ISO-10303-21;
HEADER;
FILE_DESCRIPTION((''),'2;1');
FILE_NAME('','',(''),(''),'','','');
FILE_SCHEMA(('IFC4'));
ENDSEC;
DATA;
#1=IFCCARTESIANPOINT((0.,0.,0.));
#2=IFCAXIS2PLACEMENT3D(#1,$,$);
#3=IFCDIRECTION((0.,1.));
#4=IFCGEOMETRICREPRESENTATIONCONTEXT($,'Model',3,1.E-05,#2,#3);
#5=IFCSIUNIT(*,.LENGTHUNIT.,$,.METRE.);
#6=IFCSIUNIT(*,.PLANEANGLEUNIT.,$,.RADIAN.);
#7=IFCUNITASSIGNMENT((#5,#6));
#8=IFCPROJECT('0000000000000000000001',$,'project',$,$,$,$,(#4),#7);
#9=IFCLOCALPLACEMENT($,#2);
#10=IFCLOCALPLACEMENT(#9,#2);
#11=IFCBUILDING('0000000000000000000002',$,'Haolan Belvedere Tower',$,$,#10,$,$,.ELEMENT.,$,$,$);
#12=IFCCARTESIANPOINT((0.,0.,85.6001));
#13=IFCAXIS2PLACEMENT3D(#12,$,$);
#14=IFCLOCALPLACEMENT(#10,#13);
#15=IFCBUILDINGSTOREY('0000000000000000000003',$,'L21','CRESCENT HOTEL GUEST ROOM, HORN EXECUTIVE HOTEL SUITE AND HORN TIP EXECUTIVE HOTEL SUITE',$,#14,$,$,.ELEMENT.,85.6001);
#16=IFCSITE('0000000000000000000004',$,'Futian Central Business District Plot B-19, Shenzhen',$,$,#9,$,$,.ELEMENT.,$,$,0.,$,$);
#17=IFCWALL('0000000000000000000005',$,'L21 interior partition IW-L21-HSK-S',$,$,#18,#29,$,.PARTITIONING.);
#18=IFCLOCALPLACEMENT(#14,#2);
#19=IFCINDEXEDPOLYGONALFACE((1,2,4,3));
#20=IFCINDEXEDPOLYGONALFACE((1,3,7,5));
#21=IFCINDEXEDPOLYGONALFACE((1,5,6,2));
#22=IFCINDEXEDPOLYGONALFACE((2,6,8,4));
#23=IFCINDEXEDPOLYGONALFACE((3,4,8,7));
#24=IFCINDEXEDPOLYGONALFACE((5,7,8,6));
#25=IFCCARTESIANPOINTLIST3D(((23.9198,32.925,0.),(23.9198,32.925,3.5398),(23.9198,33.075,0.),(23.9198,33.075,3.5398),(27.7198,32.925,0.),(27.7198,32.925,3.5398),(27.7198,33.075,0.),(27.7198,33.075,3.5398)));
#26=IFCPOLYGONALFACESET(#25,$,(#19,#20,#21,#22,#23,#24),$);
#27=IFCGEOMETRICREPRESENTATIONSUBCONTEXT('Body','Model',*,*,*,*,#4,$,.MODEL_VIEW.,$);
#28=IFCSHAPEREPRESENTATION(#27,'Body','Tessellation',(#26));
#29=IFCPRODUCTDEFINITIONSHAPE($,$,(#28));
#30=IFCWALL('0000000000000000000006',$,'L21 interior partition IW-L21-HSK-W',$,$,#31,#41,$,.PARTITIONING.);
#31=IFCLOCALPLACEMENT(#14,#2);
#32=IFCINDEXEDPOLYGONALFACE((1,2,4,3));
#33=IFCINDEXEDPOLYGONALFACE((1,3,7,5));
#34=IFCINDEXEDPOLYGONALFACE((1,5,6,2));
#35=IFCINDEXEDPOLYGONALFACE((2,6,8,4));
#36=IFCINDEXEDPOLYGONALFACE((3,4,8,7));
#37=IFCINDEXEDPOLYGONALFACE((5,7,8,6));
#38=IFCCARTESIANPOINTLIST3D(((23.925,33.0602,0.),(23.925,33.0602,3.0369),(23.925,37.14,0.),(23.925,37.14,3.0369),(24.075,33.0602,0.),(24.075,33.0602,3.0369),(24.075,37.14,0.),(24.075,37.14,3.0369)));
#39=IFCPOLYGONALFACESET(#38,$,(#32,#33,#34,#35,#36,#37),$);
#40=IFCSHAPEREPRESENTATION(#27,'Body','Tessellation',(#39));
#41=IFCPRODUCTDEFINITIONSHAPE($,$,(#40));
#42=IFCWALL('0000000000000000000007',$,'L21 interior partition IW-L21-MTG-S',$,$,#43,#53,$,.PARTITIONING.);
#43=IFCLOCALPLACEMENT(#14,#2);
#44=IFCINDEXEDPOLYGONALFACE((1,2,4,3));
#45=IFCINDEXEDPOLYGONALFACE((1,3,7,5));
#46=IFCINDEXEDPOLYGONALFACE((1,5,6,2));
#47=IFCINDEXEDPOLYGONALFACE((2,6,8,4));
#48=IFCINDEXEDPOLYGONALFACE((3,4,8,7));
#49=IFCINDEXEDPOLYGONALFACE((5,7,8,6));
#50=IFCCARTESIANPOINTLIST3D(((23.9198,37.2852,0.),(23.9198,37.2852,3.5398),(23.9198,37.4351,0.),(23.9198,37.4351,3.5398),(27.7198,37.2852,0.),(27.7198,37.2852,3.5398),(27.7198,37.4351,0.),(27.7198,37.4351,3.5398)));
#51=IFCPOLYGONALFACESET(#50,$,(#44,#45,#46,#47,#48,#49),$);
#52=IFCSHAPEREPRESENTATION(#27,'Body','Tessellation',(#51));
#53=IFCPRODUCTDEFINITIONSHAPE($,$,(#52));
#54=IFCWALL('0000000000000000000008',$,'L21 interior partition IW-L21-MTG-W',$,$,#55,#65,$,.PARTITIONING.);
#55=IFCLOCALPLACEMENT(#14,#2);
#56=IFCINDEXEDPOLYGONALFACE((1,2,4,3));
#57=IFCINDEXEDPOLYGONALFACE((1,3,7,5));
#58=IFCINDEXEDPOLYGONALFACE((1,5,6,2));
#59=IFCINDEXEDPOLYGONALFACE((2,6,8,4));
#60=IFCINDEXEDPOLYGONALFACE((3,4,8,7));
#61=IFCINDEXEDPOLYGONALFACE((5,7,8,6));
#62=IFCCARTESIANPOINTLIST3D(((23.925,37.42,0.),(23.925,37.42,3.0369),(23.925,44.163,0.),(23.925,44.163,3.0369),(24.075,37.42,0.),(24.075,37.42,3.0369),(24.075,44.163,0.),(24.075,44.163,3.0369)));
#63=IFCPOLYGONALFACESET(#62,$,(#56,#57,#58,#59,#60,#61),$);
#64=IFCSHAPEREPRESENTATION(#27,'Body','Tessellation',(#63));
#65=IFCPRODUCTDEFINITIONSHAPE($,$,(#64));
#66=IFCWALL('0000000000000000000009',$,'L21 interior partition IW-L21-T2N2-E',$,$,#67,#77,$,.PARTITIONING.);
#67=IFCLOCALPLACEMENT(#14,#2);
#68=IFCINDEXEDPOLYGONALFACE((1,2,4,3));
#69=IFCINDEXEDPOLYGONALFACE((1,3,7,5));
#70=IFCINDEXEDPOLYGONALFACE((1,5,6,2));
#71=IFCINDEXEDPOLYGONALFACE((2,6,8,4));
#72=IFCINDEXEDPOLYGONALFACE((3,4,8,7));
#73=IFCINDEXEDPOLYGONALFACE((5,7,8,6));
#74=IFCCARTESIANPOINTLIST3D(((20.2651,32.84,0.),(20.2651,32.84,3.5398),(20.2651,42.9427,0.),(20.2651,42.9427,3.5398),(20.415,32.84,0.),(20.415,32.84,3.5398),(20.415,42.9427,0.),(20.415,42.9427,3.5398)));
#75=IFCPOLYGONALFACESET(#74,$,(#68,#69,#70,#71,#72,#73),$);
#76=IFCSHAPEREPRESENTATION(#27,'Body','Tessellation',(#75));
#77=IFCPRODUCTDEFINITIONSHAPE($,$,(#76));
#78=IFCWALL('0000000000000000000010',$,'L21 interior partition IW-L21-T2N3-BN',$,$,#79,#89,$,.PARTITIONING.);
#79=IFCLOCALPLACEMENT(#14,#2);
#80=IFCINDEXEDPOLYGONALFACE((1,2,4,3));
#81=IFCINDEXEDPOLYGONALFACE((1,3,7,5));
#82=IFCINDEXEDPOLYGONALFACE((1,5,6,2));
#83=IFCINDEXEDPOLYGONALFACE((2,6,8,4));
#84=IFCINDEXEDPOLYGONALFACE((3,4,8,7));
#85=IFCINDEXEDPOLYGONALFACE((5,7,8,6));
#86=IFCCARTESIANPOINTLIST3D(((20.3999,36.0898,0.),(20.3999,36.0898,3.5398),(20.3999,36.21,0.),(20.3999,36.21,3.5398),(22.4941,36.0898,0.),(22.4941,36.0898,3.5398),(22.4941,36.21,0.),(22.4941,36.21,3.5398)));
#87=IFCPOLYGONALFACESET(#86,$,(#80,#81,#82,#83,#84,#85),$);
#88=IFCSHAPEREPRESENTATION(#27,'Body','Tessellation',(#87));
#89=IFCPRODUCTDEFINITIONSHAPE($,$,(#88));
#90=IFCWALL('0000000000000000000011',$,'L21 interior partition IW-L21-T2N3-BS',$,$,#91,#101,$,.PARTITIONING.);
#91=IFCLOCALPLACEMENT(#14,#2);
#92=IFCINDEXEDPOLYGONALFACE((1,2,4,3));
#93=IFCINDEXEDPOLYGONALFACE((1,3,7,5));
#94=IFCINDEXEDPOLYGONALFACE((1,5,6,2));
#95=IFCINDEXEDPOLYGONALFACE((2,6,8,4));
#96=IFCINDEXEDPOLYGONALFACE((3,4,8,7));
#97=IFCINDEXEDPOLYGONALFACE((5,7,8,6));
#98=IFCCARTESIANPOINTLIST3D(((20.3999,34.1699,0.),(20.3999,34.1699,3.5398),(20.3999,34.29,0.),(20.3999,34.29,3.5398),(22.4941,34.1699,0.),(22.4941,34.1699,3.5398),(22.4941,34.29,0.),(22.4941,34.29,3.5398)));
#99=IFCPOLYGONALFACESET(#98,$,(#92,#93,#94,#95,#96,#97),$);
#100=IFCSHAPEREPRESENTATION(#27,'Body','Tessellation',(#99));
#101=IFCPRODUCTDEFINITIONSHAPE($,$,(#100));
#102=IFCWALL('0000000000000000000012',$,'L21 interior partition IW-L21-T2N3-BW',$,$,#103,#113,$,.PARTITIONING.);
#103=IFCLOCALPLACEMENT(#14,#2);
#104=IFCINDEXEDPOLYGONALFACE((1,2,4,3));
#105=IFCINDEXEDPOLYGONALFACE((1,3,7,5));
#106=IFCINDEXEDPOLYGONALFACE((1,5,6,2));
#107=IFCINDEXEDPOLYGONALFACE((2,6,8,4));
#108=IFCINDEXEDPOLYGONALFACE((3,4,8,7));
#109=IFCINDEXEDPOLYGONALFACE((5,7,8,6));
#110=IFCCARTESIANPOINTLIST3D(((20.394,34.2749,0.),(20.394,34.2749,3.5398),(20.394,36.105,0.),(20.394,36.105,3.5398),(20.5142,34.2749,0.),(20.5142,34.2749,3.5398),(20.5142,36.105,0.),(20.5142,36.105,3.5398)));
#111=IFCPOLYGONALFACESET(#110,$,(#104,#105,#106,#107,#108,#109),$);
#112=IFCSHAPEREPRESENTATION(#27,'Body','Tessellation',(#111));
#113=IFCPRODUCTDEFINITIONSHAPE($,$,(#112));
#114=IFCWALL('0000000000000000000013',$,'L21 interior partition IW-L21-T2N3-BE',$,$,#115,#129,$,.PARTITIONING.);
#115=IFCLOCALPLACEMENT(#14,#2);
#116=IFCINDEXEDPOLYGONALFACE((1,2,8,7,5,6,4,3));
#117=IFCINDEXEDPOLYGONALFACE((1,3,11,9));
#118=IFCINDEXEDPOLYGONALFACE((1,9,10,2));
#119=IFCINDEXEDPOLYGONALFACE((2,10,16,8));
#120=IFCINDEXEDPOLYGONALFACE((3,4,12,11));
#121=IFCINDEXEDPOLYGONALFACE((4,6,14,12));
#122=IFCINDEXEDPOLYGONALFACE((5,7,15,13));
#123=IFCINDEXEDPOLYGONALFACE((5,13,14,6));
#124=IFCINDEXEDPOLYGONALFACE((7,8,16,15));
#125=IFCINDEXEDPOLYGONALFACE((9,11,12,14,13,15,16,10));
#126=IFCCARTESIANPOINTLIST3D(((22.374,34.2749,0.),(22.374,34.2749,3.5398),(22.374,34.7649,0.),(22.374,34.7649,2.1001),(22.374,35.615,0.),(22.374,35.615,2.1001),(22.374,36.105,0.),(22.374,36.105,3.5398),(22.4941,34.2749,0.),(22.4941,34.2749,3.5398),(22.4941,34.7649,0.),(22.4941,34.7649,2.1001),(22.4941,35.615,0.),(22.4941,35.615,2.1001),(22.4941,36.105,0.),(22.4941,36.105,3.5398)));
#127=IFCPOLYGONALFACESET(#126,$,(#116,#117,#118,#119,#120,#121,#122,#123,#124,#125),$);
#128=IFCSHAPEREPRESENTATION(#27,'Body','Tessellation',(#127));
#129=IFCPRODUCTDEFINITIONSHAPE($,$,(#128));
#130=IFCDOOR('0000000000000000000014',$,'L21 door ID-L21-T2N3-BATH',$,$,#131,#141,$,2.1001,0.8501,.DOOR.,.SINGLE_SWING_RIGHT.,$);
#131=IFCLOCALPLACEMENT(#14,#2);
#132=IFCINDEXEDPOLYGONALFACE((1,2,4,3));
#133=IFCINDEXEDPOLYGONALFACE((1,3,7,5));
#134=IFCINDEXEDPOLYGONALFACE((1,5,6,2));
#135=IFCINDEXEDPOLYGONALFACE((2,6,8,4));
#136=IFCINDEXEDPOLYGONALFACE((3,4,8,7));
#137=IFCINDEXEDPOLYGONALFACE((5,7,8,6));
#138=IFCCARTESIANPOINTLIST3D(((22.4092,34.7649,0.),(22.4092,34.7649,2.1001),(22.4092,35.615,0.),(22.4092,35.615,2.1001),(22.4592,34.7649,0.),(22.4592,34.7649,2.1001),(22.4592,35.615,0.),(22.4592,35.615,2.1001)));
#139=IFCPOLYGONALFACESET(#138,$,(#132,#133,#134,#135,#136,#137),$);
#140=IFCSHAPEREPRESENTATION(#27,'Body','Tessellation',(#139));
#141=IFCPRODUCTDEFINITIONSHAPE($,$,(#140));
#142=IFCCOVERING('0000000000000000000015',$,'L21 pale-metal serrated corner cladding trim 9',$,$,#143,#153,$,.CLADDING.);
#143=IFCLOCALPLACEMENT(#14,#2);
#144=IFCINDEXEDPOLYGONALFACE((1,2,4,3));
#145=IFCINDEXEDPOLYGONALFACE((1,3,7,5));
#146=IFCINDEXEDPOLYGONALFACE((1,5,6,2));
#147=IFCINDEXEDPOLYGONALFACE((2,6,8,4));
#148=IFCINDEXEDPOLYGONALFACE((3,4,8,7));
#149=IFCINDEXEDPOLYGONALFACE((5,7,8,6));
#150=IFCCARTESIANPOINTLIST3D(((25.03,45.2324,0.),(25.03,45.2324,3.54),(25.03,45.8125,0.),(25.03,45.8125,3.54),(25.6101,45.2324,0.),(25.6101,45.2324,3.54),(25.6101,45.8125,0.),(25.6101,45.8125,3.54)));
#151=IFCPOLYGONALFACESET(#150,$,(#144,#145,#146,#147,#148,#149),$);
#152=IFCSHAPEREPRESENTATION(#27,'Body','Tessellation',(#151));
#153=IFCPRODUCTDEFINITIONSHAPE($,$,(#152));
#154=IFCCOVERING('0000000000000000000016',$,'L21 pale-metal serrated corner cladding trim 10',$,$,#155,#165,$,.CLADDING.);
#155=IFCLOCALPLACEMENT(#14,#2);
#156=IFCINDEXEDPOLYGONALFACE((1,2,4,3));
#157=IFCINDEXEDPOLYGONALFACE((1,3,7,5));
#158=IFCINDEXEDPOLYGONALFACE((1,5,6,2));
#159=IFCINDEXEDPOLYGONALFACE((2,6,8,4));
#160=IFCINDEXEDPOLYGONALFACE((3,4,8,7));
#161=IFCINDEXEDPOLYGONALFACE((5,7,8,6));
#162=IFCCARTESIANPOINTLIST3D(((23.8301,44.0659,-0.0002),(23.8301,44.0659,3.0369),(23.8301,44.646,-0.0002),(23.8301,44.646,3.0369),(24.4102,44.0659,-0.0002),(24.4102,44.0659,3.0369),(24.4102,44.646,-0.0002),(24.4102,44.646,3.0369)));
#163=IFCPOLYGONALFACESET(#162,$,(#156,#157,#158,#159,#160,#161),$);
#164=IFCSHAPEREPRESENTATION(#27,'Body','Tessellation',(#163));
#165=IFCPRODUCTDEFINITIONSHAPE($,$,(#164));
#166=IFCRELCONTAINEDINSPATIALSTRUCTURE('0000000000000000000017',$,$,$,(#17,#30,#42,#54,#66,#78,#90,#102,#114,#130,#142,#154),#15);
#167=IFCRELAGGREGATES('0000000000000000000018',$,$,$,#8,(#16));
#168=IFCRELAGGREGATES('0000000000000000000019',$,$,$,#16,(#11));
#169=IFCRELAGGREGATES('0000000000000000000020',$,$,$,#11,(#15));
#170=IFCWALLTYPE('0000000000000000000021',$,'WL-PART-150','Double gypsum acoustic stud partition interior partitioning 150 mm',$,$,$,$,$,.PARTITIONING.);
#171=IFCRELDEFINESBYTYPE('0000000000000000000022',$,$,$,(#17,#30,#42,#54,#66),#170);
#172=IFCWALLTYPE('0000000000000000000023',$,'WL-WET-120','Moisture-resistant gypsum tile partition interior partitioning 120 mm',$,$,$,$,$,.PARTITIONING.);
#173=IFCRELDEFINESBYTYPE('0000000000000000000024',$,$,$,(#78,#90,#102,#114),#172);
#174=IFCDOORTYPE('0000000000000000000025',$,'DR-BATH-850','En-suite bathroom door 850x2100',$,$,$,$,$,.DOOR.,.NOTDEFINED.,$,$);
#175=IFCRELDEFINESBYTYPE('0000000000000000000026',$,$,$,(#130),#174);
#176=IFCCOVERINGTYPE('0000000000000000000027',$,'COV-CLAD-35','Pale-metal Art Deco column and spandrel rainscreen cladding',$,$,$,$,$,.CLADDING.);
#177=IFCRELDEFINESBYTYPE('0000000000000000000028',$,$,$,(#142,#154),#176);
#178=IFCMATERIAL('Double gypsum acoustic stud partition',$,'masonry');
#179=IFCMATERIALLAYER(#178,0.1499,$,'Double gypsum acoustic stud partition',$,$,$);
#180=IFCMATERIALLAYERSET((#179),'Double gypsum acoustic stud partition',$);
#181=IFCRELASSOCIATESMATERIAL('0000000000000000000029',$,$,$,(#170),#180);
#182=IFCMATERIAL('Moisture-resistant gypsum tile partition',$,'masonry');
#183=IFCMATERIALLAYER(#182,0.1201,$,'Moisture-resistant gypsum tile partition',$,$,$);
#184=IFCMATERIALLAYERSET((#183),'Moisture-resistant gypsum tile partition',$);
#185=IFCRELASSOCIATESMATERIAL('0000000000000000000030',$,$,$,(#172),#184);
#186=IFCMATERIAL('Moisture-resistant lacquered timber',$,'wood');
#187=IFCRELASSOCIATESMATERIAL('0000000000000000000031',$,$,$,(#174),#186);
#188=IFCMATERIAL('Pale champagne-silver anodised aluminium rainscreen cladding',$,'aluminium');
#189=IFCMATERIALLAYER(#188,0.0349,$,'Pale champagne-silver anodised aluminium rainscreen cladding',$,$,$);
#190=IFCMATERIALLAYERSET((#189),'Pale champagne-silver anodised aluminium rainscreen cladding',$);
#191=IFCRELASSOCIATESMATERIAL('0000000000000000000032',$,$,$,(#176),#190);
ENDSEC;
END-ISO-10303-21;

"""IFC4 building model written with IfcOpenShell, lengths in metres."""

from ifc_helpers import new_model, si_unit, direction, frame, frame_2d, origin, origin_2d, place, context, subcontext, project, spatial, rectangle, extrude, material, layer, layer_set, type_object, element, fill, save


model = new_model("IFC4")

# Units and contexts
model_context = context("Model", 3, precision=1e-05, world=origin(), true_north=direction((0.0, 1.0)))
body_context = subcontext(model_context, "Body", "Model", "MODEL_VIEW")
ifc_project = project(units=[si_unit("LENGTHUNIT", "METRE"), si_unit("PLANEANGLEUNIT", "RADIAN")], contexts=[model_context])

# Site, building, storey
site_placement = place(None, origin())
site = spatial("IfcSite", under=ifc_project, at=site_placement, Name="Futian Central Business District Plot B-19, Shenzhen", CompositionType="ELEMENT", RefElevation=0.0)
building_placement = place(site_placement, origin())
building = spatial("IfcBuilding", under=site, at=building_placement, Name="Haolan Belvedere Tower", CompositionType="ELEMENT")
storey_placement = place(building_placement, frame((0.0, 0.0, 85.6001)))
storey = spatial("IfcBuildingStorey", under=building, at=storey_placement, Name="L21", Description="CRESCENT HOTEL GUEST ROOM, HORN EXECUTIVE HOTEL SUITE AND HORN TIP EXECUTIVE HOTEL SUITE", CompositionType="ELEMENT", Elevation=85.6001)

# Walls
ifc_material_1 = material(Name="Double gypsum acoustic stud partition", Category="masonry")
ifc_layer_1 = layer(ifc_material_1, 0.1499, Name="Double gypsum acoustic stud partition")
ifc_layer_set_1 = layer_set([ifc_layer_1], Name="Double gypsum acoustic stud partition")
wall_type_1 = type_object("IfcWallType", Name="WL-PART-150", Description="Double gypsum acoustic stud partition interior partitioning 150 mm", PredefinedType="PARTITIONING", material=ifc_layer_set_1)
for number, where, z_axis, x_axis, name in (
    (1, (23.9199, 33.0, 0.0), (0.0, 0.0, 1.0), (1.0, 0.0, 0.0), "L21 interior partition IW-L21-HSK-S"),
):
    element("IfcWall", number, at=place(storey_placement, frame(where, z_axis=z_axis, x_axis=x_axis)), inside=storey, type_object=wall_type_1, Name=name, PredefinedType="PARTITIONING", context=body_context, shape_type="SweptSolid", body=[
        extrude(rectangle(XDim=3.8, YDim=0.1499, at=frame_2d((1.8999, 0.0))), origin(), (0.0, 0.0, 1.0), 3.5398),
    ])
wall_1_placement = place(storey_placement, frame((24.0, 33.0601, 0.0), z_axis=(0.0, 0.0, 1.0), x_axis=(0.0, 1.0, 0.0)))
element("IfcWall", 2, at=wall_1_placement, inside=storey, type_object=wall_type_1, Name="L21 interior partition IW-L21-HSK-W", PredefinedType="PARTITIONING", context=body_context, shape_type="SweptSolid", body=[
    extrude(rectangle(XDim=4.0798, YDim=0.1499, at=frame_2d((2.04, 0.0))), origin(), (0.0, 0.0, 1.0), 3.0369),
])
wall_2_placement = place(storey_placement, frame((23.9199, 37.3601, 0.0), z_axis=(0.0, 0.0, 1.0), x_axis=(1.0, 0.0, 0.0)))
element("IfcWall", 3, at=wall_2_placement, inside=storey, type_object=wall_type_1, Name="L21 interior partition IW-L21-MTG-S", PredefinedType="PARTITIONING", context=body_context, shape_type="SweptSolid", body=[
    extrude(rectangle(XDim=3.8, YDim=0.1499, at=frame_2d((1.8999, 0.0))), origin(), (0.0, 0.0, 1.0), 3.5398),
])
wall_3_placement = place(storey_placement, frame((24.0, 37.4199, 0.0), z_axis=(0.0, 0.0, 1.0), x_axis=(0.0, 1.0, 0.0)))
element("IfcWall", 4, at=wall_3_placement, inside=storey, type_object=wall_type_1, Name="L21 interior partition IW-L21-MTG-W", PredefinedType="PARTITIONING", context=body_context, shape_type="SweptSolid", body=[
    extrude(rectangle(XDim=6.7429, YDim=0.1499, at=frame_2d((3.3716, 0.0))), origin(), (0.0, 0.0, 1.0), 3.0369),
])
wall_4_placement = place(storey_placement, frame((20.3401, 32.8401, 0.0), z_axis=(0.0, 0.0, 1.0), x_axis=(0.0, 1.0, 0.0)))
element("IfcWall", 5, at=wall_4_placement, inside=storey, type_object=wall_type_1, Name="L21 interior partition IW-L21-T2N2-E", PredefinedType="PARTITIONING", context=body_context, shape_type="SweptSolid", body=[
    extrude(rectangle(XDim=10.1028, YDim=0.1499, at=frame_2d((5.0513, 0.0))), origin(), (0.0, 0.0, 1.0), 3.5398),
])

# Walls
ifc_material_2 = material(Name="Moisture-resistant gypsum tile partition", Category="masonry")
ifc_layer_2 = layer(ifc_material_2, 0.1201, Name="Moisture-resistant gypsum tile partition")
ifc_layer_set_2 = layer_set([ifc_layer_2], Name="Moisture-resistant gypsum tile partition")
wall_type_2 = type_object("IfcWallType", Name="WL-WET-120", Description="Moisture-resistant gypsum tile partition interior partitioning 120 mm", PredefinedType="PARTITIONING", material=ifc_layer_set_2)
for number, where, z_axis, x_axis, name in (
    (6, (20.3999, 36.1499, 0.0), (0.0, 0.0, 1.0), (1.0, 0.0, 0.0), "L21 interior partition IW-L21-T2N3-BN"),
    (7, (20.3999, 34.23, 0.0), (0.0, 0.0, 1.0), (1.0, 0.0, 0.0), "L21 interior partition IW-L21-T2N3-BS"),
):
    element("IfcWall", number, at=place(storey_placement, frame(where, z_axis=z_axis, x_axis=x_axis)), inside=storey, type_object=wall_type_2, Name=name, PredefinedType="PARTITIONING", context=body_context, shape_type="SweptSolid", body=[
        extrude(rectangle(XDim=2.0942, YDim=0.1201, at=frame_2d((1.0471, 0.0))), origin(), (0.0, 0.0, 1.0), 3.5398),
    ])
wall_5_placement = place(storey_placement, frame((20.4541, 34.2749, 0.0), z_axis=(0.0, 0.0, 1.0), x_axis=(0.0, 1.0, 0.0)))
element("IfcWall", 8, at=wall_5_placement, inside=storey, type_object=wall_type_2, Name="L21 interior partition IW-L21-T2N3-BW", PredefinedType="PARTITIONING", context=body_context, shape_type="SweptSolid", body=[
    extrude(rectangle(XDim=1.8301, YDim=0.1201, at=frame_2d((0.915, 0.0))), origin(), (0.0, 0.0, 1.0), 3.5398),
])

# Wall, opening, door
wall_6_placement = place(storey_placement, frame((22.4341, 34.2749, 0.0), z_axis=(0.0, 0.0, 1.0), x_axis=(0.0, 1.0, 0.0)))
wall_6 = element("IfcWall", 9, at=wall_6_placement, inside=storey, type_object=wall_type_2, Name="L21 interior partition IW-L21-T2N3-BE", PredefinedType="PARTITIONING", context=body_context, shape_type="SweptSolid", body=[
    extrude(rectangle(XDim=1.8301, YDim=0.1201, at=frame_2d((0.915, 0.0))), origin(), (0.0, 0.0, 1.0), 3.5398),
])
opening_1_placement = place(wall_6_placement, frame((0.49, 0.0, 0.0)))
opening_1 = element("IfcOpeningElement", 10, at=opening_1_placement, cuts=wall_6, PredefinedType="OPENING", context=body_context, shape_type="SweptSolid", body=[
    extrude(rectangle(XDim=0.8501, YDim=2.1001, at=frame_2d((0.425, 1.05))), frame((0.0, 0.0701, 0.0), z_axis=(0.0, -1.0, 0.0), x_axis=(1.0, 0.0, 0.0)), (0.0, 0.0, 1.0), 0.1401),
])
ifc_material_3 = material(Name="Moisture-resistant lacquered timber", Category="wood")
door_type_1 = type_object("IfcDoorType", Name="DR-BATH-850", Description="En-suite bathroom door 850x2100", OperationType="NOTDEFINED", PredefinedType="DOOR", material=ifc_material_3)
door_1_placement = place(opening_1_placement, origin())
door_1 = element("IfcDoor", 11, at=door_1_placement, inside=storey, type_object=door_type_1, Name="L21 door ID-L21-T2N3-BATH", OperationType="SINGLE_SWING_RIGHT", OverallHeight=2.1001, OverallWidth=0.8501, PredefinedType="DOOR", context=body_context, shape_type="SweptSolid", body=[
    extrude(rectangle(XDim=0.8501, YDim=2.1001, at=frame_2d((0.425, 1.05))), frame((0.0, 0.0249, 0.0), z_axis=(0.0, -1.0, 0.0), x_axis=(1.0, 0.0, 0.0)), (0.0, 0.0, 1.0), 0.05),
])
fill(opening_1, door_1)

# Coverings
ifc_material_4 = material(Name="Pale champagne-silver anodised aluminium rainscreen cladding", Category="aluminium")
ifc_layer_3 = layer(ifc_material_4, 0.0349, Name="Pale champagne-silver anodised aluminium rainscreen cladding")
ifc_layer_set_3 = layer_set([ifc_layer_3], Name="Pale champagne-silver anodised aluminium rainscreen cladding")
covering_type = type_object("IfcCoveringType", Name="COV-CLAD-35", Description="Pale-metal Art Deco column and spandrel rainscreen cladding", PredefinedType="CLADDING", material=ifc_layer_set_3)
covering_1_placement = place(storey_placement, frame((25.3201, 45.5225, 0.0), z_axis=(0.0, 0.0, 1.0), x_axis=(1.0, 0.0, 0.0)))
element("IfcCovering", 12, at=covering_1_placement, inside=storey, type_object=covering_type, Name="L21 pale-metal serrated corner cladding trim 9", PredefinedType="CLADDING", context=body_context, shape_type="SweptSolid", body=[
    extrude(rectangle(XDim=0.5801, YDim=0.5801, at=origin_2d()), origin(), (0.0, 0.0, 1.0), 3.54),
])
covering_2_placement = place(storey_placement, frame((24.1201, 44.356, -0.0002), z_axis=(0.0, 0.0, 1.0), x_axis=(1.0, 0.0, 0.0)))
element("IfcCovering", 13, at=covering_2_placement, inside=storey, type_object=covering_type, Name="L21 pale-metal serrated corner cladding trim 10", PredefinedType="CLADDING", context=body_context, shape_type="SweptSolid", body=[
    extrude(rectangle(XDim=0.5801, YDim=0.5801, at=origin_2d()), origin(), (0.0, 0.0, 1.0), 3.0371),
])

save(model, "model.ifc")
